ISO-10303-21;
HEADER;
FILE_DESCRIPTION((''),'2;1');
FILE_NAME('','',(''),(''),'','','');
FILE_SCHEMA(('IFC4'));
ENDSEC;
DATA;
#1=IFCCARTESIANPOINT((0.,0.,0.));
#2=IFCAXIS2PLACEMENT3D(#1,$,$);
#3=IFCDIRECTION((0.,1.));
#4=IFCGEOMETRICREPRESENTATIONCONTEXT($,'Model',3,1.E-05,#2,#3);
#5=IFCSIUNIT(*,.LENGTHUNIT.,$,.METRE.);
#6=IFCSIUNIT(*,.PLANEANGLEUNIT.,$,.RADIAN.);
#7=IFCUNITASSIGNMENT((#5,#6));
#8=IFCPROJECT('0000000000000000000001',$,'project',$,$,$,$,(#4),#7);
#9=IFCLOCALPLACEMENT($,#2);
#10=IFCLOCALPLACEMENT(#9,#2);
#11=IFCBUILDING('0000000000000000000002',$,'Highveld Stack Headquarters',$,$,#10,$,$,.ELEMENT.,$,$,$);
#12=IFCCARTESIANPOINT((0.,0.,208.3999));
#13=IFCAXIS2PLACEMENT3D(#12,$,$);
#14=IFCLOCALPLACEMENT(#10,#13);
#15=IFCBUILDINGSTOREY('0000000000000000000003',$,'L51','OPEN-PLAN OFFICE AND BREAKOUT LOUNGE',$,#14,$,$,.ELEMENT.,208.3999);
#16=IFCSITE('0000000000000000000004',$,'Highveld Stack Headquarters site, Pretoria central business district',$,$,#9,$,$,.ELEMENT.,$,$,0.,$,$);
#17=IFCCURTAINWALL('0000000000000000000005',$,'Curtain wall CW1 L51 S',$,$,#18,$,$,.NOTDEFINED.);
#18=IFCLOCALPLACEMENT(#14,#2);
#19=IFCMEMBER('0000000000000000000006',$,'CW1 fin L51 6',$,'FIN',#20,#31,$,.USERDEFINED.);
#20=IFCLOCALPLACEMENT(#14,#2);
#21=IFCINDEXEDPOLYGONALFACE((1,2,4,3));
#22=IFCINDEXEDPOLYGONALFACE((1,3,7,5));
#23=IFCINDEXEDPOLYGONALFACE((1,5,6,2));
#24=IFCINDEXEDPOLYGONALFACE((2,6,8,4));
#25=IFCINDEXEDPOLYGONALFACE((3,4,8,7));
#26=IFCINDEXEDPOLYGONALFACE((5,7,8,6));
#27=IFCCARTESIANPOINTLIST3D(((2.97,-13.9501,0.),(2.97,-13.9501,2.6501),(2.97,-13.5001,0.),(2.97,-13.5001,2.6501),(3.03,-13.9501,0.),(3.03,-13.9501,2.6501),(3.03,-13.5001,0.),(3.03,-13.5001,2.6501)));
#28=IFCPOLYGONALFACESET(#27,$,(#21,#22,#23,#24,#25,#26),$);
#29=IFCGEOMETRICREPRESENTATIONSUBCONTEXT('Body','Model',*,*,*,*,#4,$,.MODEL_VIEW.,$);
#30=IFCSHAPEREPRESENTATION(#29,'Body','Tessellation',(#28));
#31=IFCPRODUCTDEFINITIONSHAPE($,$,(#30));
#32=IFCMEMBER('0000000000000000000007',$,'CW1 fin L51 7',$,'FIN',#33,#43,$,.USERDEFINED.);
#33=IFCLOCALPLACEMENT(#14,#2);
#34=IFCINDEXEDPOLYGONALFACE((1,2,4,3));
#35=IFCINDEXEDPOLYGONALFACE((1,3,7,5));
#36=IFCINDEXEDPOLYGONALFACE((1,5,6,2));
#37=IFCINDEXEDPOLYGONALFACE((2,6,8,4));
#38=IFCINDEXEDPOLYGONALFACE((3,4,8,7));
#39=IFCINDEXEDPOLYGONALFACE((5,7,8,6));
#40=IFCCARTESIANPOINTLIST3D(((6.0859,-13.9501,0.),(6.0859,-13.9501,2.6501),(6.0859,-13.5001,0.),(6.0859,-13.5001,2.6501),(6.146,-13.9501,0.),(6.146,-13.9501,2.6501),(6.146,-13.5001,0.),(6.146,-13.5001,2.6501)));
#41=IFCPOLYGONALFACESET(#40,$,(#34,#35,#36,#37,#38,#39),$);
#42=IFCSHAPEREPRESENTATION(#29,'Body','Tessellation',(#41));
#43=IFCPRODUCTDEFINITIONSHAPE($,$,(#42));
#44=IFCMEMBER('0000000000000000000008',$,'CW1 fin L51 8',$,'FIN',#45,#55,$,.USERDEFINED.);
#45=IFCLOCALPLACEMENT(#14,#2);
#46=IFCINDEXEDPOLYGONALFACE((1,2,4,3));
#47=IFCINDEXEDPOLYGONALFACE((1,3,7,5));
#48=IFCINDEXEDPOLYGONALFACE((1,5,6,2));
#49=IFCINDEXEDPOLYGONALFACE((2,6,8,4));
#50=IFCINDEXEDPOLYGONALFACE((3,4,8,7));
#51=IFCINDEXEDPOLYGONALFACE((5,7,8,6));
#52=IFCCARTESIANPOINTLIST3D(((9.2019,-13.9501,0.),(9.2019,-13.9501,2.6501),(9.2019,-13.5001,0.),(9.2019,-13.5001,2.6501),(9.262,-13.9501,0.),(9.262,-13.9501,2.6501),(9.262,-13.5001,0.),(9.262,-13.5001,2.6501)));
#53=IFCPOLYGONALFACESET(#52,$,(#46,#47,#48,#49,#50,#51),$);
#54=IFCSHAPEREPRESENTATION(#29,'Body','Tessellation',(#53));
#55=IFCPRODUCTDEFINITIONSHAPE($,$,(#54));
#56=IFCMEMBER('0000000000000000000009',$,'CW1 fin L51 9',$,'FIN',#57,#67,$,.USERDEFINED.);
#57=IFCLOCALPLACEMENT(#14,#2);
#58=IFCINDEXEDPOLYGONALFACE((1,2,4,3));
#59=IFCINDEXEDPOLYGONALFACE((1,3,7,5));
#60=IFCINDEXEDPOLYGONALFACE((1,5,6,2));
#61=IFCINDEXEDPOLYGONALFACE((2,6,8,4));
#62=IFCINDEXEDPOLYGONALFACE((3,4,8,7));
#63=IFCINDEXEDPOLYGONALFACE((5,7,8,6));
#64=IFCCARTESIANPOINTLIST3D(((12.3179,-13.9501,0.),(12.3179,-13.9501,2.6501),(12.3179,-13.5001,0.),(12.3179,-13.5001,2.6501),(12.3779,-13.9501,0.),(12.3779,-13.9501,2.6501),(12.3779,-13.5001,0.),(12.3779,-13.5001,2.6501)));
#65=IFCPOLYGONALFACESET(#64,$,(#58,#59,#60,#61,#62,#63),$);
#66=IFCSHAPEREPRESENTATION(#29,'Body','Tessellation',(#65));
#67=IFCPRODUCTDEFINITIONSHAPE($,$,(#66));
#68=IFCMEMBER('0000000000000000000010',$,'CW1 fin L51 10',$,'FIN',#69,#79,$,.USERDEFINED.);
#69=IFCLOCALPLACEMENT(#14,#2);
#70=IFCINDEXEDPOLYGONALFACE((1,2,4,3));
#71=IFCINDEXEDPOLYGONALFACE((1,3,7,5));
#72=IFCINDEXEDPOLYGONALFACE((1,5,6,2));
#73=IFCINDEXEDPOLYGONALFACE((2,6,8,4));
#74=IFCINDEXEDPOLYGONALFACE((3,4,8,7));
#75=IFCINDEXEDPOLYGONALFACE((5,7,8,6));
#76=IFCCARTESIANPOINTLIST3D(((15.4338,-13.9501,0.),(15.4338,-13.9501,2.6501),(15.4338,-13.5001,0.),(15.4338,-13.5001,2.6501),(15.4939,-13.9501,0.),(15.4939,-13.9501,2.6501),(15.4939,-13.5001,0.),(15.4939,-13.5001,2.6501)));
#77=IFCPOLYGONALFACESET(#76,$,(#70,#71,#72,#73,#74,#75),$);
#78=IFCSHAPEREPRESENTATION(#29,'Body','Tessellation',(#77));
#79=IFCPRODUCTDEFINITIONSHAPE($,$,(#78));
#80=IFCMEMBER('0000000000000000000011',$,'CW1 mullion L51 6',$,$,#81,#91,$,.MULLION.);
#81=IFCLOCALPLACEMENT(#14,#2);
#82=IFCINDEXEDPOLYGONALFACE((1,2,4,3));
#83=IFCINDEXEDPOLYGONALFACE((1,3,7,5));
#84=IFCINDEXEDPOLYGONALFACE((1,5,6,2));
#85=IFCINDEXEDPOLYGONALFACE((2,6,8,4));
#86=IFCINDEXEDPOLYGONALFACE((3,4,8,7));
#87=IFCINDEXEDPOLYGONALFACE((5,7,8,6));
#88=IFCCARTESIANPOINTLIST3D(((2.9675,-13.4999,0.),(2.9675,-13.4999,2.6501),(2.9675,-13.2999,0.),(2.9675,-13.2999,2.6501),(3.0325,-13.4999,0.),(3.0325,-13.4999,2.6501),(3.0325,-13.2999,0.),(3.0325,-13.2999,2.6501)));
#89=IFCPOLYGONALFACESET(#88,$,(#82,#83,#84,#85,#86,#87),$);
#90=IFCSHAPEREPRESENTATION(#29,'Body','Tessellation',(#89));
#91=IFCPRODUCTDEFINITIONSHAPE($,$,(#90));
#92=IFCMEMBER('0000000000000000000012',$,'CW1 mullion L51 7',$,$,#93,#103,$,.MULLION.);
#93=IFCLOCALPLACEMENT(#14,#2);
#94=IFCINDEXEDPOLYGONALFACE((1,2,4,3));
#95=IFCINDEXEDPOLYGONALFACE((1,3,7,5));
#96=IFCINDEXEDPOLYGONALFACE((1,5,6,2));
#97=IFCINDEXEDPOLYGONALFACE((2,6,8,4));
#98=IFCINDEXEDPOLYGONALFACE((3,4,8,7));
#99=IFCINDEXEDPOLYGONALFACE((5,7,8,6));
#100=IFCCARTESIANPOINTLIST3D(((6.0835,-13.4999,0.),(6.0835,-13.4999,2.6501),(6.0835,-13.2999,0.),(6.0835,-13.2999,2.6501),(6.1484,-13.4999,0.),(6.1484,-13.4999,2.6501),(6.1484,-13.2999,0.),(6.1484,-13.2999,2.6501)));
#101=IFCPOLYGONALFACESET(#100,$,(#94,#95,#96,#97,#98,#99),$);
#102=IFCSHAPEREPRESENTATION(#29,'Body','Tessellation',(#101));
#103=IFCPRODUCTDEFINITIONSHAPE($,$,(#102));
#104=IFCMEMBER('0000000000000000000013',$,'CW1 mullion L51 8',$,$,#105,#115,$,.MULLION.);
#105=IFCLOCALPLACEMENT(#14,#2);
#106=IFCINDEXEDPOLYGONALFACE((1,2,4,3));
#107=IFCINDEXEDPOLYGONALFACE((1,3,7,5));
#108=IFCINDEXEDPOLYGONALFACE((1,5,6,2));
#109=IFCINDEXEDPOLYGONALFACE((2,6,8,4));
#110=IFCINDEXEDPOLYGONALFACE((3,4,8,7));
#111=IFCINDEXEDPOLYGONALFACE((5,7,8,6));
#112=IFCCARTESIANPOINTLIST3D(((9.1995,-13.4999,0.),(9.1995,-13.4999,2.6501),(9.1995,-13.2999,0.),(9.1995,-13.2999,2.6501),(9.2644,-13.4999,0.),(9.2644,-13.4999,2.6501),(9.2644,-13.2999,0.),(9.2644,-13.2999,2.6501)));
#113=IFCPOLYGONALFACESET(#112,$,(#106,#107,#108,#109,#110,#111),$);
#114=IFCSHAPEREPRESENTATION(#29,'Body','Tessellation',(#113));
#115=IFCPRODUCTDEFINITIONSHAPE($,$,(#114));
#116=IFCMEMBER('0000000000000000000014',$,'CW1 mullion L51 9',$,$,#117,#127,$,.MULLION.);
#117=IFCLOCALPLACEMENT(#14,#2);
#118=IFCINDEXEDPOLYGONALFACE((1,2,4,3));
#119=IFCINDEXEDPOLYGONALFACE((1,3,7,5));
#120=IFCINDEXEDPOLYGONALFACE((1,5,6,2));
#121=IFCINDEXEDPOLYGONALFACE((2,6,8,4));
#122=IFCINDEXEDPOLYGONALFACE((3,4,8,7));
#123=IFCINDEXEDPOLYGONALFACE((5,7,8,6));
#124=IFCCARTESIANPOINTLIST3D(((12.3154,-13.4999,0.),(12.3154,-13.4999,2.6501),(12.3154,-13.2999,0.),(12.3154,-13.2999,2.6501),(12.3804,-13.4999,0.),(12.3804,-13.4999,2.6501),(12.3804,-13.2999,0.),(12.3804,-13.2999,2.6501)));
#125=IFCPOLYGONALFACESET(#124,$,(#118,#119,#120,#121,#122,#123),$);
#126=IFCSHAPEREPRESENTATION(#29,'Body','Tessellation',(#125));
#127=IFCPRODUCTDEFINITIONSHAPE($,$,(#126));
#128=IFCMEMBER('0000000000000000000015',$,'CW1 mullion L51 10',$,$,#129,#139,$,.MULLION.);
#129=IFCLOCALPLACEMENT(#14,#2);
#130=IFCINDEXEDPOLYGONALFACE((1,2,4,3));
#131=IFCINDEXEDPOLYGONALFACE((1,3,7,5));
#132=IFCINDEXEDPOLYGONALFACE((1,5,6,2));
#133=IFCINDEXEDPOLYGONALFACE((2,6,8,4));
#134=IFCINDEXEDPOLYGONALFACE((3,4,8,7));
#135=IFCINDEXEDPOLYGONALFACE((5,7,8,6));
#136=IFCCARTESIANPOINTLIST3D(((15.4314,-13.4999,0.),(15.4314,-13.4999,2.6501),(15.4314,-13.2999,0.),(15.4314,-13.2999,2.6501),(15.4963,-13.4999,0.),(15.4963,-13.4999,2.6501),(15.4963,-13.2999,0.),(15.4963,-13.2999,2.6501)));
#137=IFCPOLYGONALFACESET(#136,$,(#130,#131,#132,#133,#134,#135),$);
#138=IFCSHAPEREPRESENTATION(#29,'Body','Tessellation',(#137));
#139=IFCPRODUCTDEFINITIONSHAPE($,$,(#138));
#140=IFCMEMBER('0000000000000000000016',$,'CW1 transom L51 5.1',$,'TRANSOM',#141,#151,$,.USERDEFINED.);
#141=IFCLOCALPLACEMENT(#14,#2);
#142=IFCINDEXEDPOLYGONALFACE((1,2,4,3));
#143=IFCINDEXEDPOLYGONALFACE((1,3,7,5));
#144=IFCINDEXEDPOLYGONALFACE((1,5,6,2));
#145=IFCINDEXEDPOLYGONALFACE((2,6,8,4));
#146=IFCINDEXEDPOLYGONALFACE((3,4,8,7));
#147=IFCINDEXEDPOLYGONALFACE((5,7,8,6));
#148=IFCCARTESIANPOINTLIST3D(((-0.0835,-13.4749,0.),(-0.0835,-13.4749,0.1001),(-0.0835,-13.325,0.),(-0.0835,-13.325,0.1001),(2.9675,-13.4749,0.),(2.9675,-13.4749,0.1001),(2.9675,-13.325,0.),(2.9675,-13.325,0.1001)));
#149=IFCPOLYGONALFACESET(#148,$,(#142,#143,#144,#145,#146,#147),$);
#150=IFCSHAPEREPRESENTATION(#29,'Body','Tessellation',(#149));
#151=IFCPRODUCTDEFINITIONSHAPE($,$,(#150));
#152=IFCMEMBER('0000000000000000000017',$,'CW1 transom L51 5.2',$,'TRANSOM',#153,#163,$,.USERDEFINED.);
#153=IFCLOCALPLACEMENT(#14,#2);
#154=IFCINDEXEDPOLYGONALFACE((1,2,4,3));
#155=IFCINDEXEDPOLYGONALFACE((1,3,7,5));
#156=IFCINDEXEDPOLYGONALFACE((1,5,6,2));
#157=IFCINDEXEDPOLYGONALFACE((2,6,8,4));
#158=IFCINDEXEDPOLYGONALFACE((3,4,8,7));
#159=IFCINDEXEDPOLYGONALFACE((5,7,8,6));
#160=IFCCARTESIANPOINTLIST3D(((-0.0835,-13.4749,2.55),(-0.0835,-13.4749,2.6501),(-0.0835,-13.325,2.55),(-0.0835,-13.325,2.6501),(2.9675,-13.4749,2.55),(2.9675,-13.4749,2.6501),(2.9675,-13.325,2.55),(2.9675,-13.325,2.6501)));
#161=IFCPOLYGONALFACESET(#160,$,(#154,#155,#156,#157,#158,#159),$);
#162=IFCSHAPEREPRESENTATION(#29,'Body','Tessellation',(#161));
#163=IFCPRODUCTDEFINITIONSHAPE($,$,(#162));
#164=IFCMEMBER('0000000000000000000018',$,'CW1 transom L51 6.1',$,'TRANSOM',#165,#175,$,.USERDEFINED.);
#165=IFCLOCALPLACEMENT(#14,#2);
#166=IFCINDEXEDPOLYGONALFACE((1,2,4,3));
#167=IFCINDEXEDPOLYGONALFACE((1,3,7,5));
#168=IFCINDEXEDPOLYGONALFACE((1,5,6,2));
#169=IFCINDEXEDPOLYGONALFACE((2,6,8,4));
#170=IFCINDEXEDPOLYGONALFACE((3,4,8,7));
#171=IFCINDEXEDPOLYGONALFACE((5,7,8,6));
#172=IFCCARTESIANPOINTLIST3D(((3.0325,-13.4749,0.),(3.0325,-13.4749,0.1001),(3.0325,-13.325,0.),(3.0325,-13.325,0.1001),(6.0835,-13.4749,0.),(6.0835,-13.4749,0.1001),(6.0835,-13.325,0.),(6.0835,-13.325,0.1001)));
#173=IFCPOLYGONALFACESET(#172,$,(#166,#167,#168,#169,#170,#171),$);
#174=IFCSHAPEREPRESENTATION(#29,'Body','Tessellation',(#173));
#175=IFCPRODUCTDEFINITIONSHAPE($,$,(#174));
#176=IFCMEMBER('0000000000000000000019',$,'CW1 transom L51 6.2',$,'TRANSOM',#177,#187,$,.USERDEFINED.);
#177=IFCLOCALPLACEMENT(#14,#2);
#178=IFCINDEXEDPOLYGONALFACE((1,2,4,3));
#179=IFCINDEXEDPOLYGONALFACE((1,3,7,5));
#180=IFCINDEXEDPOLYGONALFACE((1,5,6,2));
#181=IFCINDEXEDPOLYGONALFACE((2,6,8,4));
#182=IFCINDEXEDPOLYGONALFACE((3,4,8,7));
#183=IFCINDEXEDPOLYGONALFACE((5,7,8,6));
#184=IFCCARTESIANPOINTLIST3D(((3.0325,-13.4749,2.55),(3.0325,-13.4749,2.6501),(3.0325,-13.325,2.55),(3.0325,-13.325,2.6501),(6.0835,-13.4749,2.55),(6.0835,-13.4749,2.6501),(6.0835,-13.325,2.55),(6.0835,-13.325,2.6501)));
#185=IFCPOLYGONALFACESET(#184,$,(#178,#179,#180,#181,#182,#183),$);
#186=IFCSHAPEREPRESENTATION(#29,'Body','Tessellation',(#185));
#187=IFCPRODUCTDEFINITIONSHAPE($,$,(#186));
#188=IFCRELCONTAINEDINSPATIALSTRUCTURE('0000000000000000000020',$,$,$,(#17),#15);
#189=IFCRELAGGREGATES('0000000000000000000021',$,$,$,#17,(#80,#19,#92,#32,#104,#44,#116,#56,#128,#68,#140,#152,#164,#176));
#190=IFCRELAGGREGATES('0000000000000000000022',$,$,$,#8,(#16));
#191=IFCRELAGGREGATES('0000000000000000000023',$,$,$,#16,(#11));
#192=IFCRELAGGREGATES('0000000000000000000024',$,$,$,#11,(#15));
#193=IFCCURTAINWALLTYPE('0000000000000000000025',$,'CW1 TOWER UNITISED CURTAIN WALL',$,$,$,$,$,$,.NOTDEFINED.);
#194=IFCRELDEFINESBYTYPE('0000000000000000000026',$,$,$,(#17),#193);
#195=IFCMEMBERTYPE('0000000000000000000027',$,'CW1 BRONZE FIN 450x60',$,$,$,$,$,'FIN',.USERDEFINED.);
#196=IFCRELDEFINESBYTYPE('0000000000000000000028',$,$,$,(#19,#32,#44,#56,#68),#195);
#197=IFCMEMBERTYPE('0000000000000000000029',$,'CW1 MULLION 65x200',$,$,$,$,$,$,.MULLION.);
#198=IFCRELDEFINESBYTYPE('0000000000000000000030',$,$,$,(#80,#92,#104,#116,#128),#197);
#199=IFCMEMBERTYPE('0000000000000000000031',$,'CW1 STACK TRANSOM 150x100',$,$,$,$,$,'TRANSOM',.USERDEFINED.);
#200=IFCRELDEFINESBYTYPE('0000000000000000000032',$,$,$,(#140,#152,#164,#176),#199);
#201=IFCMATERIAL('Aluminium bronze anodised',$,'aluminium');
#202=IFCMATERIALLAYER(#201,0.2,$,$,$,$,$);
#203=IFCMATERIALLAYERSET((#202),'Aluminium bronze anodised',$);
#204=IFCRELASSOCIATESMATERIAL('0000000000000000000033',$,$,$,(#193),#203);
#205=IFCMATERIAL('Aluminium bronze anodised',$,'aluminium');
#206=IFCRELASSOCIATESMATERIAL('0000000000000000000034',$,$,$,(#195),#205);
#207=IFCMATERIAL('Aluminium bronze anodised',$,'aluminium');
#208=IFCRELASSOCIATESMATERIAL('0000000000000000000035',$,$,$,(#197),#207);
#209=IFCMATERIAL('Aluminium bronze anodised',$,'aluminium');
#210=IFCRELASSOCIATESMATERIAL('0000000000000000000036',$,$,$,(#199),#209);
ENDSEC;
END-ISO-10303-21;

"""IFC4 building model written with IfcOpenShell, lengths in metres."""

from ifc_helpers import new_model, si_unit, direction, frame, origin, origin_2d, place, context, subcontext, project, spatial, rectangle, extrude, material, layer, layer_set, material_profile, profile_set, type_object, element, aggregate, save


model = new_model("IFC4")

# Units and contexts
model_context = context("Model", 3, precision=1e-05, world=origin(), true_north=direction((0.0, 1.0)))
body_context = subcontext(model_context, "Body", "Model", "MODEL_VIEW")
ifc_project = project(units=[si_unit("LENGTHUNIT", "METRE"), si_unit("PLANEANGLEUNIT", "RADIAN")], contexts=[model_context])

# Site, building, storey
site_placement = place(None, origin())
site = spatial("IfcSite", under=ifc_project, at=site_placement, Name="Highveld Stack Headquarters site, Pretoria central business district", CompositionType="ELEMENT", RefElevation=0.0)
building_placement = place(site_placement, origin())
building = spatial("IfcBuilding", under=site, at=building_placement, Name="Highveld Stack Headquarters", CompositionType="ELEMENT")
storey_placement = place(building_placement, frame((0.0, 0.0, 208.3999)))
storey = spatial("IfcBuildingStorey", under=building, at=storey_placement, Name="L51", Description="OPEN-PLAN OFFICE AND BREAKOUT LOUNGE", CompositionType="ELEMENT", Elevation=208.3999)

# Curtain wall, members
ifc_material_1 = material(Name="Aluminium bronze anodised", Category="aluminium")
ifc_layer_1 = layer(ifc_material_1, 0.2)
ifc_layer_set_1 = layer_set([ifc_layer_1], Name="Aluminium bronze anodised")
curtain_wall_type = type_object("IfcCurtainWallType", Name="CW1 TOWER UNITISED CURTAIN WALL", PredefinedType="NOTDEFINED", material=ifc_layer_set_1)
curtain_wall_placement = place(storey_placement, origin())
curtain_wall = element("IfcCurtainWall", 1, at=curtain_wall_placement, inside=storey, type_object=curtain_wall_type, Name="Curtain wall CW1 L51 S", PredefinedType="NOTDEFINED")
ifc_material_2 = material(Name="Aluminium bronze anodised", Category="aluminium")
ifc_material_profile_1 = material_profile(ifc_material_2, rectangle(XDim=0.45, YDim=0.0601, at=origin_2d()), Name="FIN 450x60")
ifc_profile_set_1 = profile_set([ifc_material_profile_1], Name="Aluminium bronze anodised")
member_type_1 = type_object("IfcMemberType", Name="CW1 BRONZE FIN 450x60", ElementType="FIN", PredefinedType="USERDEFINED", material=ifc_profile_set_1)
member_1_placement = place(storey_placement, frame((3.0, -13.7251, 0.0), z_axis=(0.0, 0.0, 1.0), x_axis=(0.0, 1.0, 0.0)))
member_1 = element("IfcMember", 2, at=member_1_placement, type_object=member_type_1, Name="CW1 fin L51 6", ObjectType="FIN", PredefinedType="USERDEFINED", context=body_context, shape_type="SweptSolid", body=[
    extrude(rectangle(XDim=0.45, YDim=0.0601, at=origin_2d()), origin(), (0.0, 0.0, 1.0), 2.6501),
])
member_2_placement = place(storey_placement, frame((6.116, -13.7251, 0.0), z_axis=(0.0, 0.0, 1.0), x_axis=(0.0, 1.0, 0.0)))
member_2 = element("IfcMember", 3, at=member_2_placement, type_object=member_type_1, Name="CW1 fin L51 7", ObjectType="FIN", PredefinedType="USERDEFINED", context=body_context, shape_type="SweptSolid", body=[
    extrude(rectangle(XDim=0.45, YDim=0.0601, at=origin_2d()), origin(), (0.0, 0.0, 1.0), 2.6501),
])
member_3_placement = place(storey_placement, frame((9.2319, -13.7251, 0.0), z_axis=(0.0, 0.0, 1.0), x_axis=(0.0, 1.0, 0.0)))
member_3 = element("IfcMember", 4, at=member_3_placement, type_object=member_type_1, Name="CW1 fin L51 8", ObjectType="FIN", PredefinedType="USERDEFINED", context=body_context, shape_type="SweptSolid", body=[
    extrude(rectangle(XDim=0.45, YDim=0.0601, at=origin_2d()), origin(), (0.0, 0.0, 1.0), 2.6501),
])
member_4_placement = place(storey_placement, frame((12.3479, -13.7251, 0.0), z_axis=(0.0, 0.0, 1.0), x_axis=(0.0, 1.0, 0.0)))
member_4 = element("IfcMember", 5, at=member_4_placement, type_object=member_type_1, Name="CW1 fin L51 9", ObjectType="FIN", PredefinedType="USERDEFINED", context=body_context, shape_type="SweptSolid", body=[
    extrude(rectangle(XDim=0.45, YDim=0.0601, at=origin_2d()), origin(), (0.0, 0.0, 1.0), 2.6501),
])
member_5_placement = place(storey_placement, frame((15.4639, -13.7251, 0.0), z_axis=(0.0, 0.0, 1.0), x_axis=(0.0, 1.0, 0.0)))
member_5 = element("IfcMember", 6, at=member_5_placement, type_object=member_type_1, Name="CW1 fin L51 10", ObjectType="FIN", PredefinedType="USERDEFINED", context=body_context, shape_type="SweptSolid", body=[
    extrude(rectangle(XDim=0.45, YDim=0.0601, at=origin_2d()), origin(), (0.0, 0.0, 1.0), 2.6501),
])
ifc_material_3 = material(Name="Aluminium bronze anodised", Category="aluminium")
ifc_material_profile_2 = material_profile(ifc_material_3, rectangle(XDim=0.2, YDim=0.0649, at=origin_2d()), Name="CW1 MULLION 65x200")
ifc_profile_set_2 = profile_set([ifc_material_profile_2], Name="Aluminium bronze anodised")
member_type_2 = type_object("IfcMemberType", Name="CW1 MULLION 65x200", PredefinedType="MULLION", material=ifc_profile_set_2)
member_6_placement = place(storey_placement, frame((3.0, -13.3999, 0.0), z_axis=(0.0, 0.0, 1.0), x_axis=(0.0, 1.0, 0.0)))
member_6 = element("IfcMember", 7, at=member_6_placement, type_object=member_type_2, Name="CW1 mullion L51 6", PredefinedType="MULLION", context=body_context, shape_type="SweptSolid", body=[
    extrude(rectangle(XDim=0.2, YDim=0.0649, at=origin_2d()), origin(), (0.0, 0.0, 1.0), 2.6501),
])
member_7_placement = place(storey_placement, frame((6.116, -13.3999, 0.0), z_axis=(0.0, 0.0, 1.0), x_axis=(0.0, 1.0, 0.0)))
member_7 = element("IfcMember", 8, at=member_7_placement, type_object=member_type_2, Name="CW1 mullion L51 7", PredefinedType="MULLION", context=body_context, shape_type="SweptSolid", body=[
    extrude(rectangle(XDim=0.2, YDim=0.0649, at=origin_2d()), origin(), (0.0, 0.0, 1.0), 2.6501),
])
member_8_placement = place(storey_placement, frame((9.2319, -13.3999, 0.0), z_axis=(0.0, 0.0, 1.0), x_axis=(0.0, 1.0, 0.0)))
member_8 = element("IfcMember", 9, at=member_8_placement, type_object=member_type_2, Name="CW1 mullion L51 8", PredefinedType="MULLION", context=body_context, shape_type="SweptSolid", body=[
    extrude(rectangle(XDim=0.2, YDim=0.0649, at=origin_2d()), origin(), (0.0, 0.0, 1.0), 2.6501),
])
member_9_placement = place(storey_placement, frame((12.3479, -13.3999, 0.0), z_axis=(0.0, 0.0, 1.0), x_axis=(0.0, 1.0, 0.0)))
member_9 = element("IfcMember", 10, at=member_9_placement, type_object=member_type_2, Name="CW1 mullion L51 9", PredefinedType="MULLION", context=body_context, shape_type="SweptSolid", body=[
    extrude(rectangle(XDim=0.2, YDim=0.0649, at=origin_2d()), origin(), (0.0, 0.0, 1.0), 2.6501),
])
member_10_placement = place(storey_placement, frame((15.4639, -13.3999, 0.0), z_axis=(0.0, 0.0, 1.0), x_axis=(0.0, 1.0, 0.0)))
member_10 = element("IfcMember", 11, at=member_10_placement, type_object=member_type_2, Name="CW1 mullion L51 10", PredefinedType="MULLION", context=body_context, shape_type="SweptSolid", body=[
    extrude(rectangle(XDim=0.2, YDim=0.0649, at=origin_2d()), origin(), (0.0, 0.0, 1.0), 2.6501),
])
ifc_material_4 = material(Name="Aluminium bronze anodised", Category="aluminium")
ifc_material_profile_3 = material_profile(ifc_material_4, rectangle(XDim=0.1499, YDim=0.1001, at=origin_2d()), Name="CW1 TRANSOM 150x100")
ifc_profile_set_3 = profile_set([ifc_material_profile_3], Name="Aluminium bronze anodised")
member_type_3 = type_object("IfcMemberType", Name="CW1 STACK TRANSOM 150x100", ElementType="TRANSOM", PredefinedType="USERDEFINED", material=ifc_profile_set_3)
member_11_placement = place(storey_placement, frame((-0.0835, -13.3999, 0.05), z_axis=(1.0, 0.0, 0.0), x_axis=(0.0, 1.0, 0.0)))
member_11 = element("IfcMember", 12, at=member_11_placement, type_object=member_type_3, Name="CW1 transom L51 5.1", ObjectType="TRANSOM", PredefinedType="USERDEFINED", context=body_context, shape_type="SweptSolid", body=[
    extrude(rectangle(XDim=0.1499, YDim=0.1001, at=origin_2d()), origin(), (0.0, 0.0, 1.0), 3.051),
])
member_12_placement = place(storey_placement, frame((-0.0835, -13.3999, 2.6001), z_axis=(1.0, 0.0, 0.0), x_axis=(0.0, 1.0, 0.0)))
member_12 = element("IfcMember", 13, at=member_12_placement, type_object=member_type_3, Name="CW1 transom L51 5.2", ObjectType="TRANSOM", PredefinedType="USERDEFINED", context=body_context, shape_type="SweptSolid", body=[
    extrude(rectangle(XDim=0.1499, YDim=0.1001, at=origin_2d()), origin(), (0.0, 0.0, 1.0), 3.051),
])
member_13_placement = place(storey_placement, frame((3.0325, -13.3999, 0.05), z_axis=(1.0, 0.0, 0.0), x_axis=(0.0, 1.0, 0.0)))
member_13 = element("IfcMember", 14, at=member_13_placement, type_object=member_type_3, Name="CW1 transom L51 6.1", ObjectType="TRANSOM", PredefinedType="USERDEFINED", context=body_context, shape_type="SweptSolid", body=[
    extrude(rectangle(XDim=0.1499, YDim=0.1001, at=origin_2d()), origin(), (0.0, 0.0, 1.0), 3.051),
])
member_14_placement = place(storey_placement, frame((3.0325, -13.3999, 2.6001), z_axis=(1.0, 0.0, 0.0), x_axis=(0.0, 1.0, 0.0)))
member_14 = element("IfcMember", 15, at=member_14_placement, type_object=member_type_3, Name="CW1 transom L51 6.2", ObjectType="TRANSOM", PredefinedType="USERDEFINED", context=body_context, shape_type="SweptSolid", body=[
    extrude(rectangle(XDim=0.1499, YDim=0.1001, at=origin_2d()), origin(), (0.0, 0.0, 1.0), 3.051),
])
aggregate(curtain_wall, [member_6, member_1, member_7, member_2, member_8, member_3, member_9, member_4, member_10, member_5, member_11, member_12, member_13, member_14])

save(model, "model.ifc")
